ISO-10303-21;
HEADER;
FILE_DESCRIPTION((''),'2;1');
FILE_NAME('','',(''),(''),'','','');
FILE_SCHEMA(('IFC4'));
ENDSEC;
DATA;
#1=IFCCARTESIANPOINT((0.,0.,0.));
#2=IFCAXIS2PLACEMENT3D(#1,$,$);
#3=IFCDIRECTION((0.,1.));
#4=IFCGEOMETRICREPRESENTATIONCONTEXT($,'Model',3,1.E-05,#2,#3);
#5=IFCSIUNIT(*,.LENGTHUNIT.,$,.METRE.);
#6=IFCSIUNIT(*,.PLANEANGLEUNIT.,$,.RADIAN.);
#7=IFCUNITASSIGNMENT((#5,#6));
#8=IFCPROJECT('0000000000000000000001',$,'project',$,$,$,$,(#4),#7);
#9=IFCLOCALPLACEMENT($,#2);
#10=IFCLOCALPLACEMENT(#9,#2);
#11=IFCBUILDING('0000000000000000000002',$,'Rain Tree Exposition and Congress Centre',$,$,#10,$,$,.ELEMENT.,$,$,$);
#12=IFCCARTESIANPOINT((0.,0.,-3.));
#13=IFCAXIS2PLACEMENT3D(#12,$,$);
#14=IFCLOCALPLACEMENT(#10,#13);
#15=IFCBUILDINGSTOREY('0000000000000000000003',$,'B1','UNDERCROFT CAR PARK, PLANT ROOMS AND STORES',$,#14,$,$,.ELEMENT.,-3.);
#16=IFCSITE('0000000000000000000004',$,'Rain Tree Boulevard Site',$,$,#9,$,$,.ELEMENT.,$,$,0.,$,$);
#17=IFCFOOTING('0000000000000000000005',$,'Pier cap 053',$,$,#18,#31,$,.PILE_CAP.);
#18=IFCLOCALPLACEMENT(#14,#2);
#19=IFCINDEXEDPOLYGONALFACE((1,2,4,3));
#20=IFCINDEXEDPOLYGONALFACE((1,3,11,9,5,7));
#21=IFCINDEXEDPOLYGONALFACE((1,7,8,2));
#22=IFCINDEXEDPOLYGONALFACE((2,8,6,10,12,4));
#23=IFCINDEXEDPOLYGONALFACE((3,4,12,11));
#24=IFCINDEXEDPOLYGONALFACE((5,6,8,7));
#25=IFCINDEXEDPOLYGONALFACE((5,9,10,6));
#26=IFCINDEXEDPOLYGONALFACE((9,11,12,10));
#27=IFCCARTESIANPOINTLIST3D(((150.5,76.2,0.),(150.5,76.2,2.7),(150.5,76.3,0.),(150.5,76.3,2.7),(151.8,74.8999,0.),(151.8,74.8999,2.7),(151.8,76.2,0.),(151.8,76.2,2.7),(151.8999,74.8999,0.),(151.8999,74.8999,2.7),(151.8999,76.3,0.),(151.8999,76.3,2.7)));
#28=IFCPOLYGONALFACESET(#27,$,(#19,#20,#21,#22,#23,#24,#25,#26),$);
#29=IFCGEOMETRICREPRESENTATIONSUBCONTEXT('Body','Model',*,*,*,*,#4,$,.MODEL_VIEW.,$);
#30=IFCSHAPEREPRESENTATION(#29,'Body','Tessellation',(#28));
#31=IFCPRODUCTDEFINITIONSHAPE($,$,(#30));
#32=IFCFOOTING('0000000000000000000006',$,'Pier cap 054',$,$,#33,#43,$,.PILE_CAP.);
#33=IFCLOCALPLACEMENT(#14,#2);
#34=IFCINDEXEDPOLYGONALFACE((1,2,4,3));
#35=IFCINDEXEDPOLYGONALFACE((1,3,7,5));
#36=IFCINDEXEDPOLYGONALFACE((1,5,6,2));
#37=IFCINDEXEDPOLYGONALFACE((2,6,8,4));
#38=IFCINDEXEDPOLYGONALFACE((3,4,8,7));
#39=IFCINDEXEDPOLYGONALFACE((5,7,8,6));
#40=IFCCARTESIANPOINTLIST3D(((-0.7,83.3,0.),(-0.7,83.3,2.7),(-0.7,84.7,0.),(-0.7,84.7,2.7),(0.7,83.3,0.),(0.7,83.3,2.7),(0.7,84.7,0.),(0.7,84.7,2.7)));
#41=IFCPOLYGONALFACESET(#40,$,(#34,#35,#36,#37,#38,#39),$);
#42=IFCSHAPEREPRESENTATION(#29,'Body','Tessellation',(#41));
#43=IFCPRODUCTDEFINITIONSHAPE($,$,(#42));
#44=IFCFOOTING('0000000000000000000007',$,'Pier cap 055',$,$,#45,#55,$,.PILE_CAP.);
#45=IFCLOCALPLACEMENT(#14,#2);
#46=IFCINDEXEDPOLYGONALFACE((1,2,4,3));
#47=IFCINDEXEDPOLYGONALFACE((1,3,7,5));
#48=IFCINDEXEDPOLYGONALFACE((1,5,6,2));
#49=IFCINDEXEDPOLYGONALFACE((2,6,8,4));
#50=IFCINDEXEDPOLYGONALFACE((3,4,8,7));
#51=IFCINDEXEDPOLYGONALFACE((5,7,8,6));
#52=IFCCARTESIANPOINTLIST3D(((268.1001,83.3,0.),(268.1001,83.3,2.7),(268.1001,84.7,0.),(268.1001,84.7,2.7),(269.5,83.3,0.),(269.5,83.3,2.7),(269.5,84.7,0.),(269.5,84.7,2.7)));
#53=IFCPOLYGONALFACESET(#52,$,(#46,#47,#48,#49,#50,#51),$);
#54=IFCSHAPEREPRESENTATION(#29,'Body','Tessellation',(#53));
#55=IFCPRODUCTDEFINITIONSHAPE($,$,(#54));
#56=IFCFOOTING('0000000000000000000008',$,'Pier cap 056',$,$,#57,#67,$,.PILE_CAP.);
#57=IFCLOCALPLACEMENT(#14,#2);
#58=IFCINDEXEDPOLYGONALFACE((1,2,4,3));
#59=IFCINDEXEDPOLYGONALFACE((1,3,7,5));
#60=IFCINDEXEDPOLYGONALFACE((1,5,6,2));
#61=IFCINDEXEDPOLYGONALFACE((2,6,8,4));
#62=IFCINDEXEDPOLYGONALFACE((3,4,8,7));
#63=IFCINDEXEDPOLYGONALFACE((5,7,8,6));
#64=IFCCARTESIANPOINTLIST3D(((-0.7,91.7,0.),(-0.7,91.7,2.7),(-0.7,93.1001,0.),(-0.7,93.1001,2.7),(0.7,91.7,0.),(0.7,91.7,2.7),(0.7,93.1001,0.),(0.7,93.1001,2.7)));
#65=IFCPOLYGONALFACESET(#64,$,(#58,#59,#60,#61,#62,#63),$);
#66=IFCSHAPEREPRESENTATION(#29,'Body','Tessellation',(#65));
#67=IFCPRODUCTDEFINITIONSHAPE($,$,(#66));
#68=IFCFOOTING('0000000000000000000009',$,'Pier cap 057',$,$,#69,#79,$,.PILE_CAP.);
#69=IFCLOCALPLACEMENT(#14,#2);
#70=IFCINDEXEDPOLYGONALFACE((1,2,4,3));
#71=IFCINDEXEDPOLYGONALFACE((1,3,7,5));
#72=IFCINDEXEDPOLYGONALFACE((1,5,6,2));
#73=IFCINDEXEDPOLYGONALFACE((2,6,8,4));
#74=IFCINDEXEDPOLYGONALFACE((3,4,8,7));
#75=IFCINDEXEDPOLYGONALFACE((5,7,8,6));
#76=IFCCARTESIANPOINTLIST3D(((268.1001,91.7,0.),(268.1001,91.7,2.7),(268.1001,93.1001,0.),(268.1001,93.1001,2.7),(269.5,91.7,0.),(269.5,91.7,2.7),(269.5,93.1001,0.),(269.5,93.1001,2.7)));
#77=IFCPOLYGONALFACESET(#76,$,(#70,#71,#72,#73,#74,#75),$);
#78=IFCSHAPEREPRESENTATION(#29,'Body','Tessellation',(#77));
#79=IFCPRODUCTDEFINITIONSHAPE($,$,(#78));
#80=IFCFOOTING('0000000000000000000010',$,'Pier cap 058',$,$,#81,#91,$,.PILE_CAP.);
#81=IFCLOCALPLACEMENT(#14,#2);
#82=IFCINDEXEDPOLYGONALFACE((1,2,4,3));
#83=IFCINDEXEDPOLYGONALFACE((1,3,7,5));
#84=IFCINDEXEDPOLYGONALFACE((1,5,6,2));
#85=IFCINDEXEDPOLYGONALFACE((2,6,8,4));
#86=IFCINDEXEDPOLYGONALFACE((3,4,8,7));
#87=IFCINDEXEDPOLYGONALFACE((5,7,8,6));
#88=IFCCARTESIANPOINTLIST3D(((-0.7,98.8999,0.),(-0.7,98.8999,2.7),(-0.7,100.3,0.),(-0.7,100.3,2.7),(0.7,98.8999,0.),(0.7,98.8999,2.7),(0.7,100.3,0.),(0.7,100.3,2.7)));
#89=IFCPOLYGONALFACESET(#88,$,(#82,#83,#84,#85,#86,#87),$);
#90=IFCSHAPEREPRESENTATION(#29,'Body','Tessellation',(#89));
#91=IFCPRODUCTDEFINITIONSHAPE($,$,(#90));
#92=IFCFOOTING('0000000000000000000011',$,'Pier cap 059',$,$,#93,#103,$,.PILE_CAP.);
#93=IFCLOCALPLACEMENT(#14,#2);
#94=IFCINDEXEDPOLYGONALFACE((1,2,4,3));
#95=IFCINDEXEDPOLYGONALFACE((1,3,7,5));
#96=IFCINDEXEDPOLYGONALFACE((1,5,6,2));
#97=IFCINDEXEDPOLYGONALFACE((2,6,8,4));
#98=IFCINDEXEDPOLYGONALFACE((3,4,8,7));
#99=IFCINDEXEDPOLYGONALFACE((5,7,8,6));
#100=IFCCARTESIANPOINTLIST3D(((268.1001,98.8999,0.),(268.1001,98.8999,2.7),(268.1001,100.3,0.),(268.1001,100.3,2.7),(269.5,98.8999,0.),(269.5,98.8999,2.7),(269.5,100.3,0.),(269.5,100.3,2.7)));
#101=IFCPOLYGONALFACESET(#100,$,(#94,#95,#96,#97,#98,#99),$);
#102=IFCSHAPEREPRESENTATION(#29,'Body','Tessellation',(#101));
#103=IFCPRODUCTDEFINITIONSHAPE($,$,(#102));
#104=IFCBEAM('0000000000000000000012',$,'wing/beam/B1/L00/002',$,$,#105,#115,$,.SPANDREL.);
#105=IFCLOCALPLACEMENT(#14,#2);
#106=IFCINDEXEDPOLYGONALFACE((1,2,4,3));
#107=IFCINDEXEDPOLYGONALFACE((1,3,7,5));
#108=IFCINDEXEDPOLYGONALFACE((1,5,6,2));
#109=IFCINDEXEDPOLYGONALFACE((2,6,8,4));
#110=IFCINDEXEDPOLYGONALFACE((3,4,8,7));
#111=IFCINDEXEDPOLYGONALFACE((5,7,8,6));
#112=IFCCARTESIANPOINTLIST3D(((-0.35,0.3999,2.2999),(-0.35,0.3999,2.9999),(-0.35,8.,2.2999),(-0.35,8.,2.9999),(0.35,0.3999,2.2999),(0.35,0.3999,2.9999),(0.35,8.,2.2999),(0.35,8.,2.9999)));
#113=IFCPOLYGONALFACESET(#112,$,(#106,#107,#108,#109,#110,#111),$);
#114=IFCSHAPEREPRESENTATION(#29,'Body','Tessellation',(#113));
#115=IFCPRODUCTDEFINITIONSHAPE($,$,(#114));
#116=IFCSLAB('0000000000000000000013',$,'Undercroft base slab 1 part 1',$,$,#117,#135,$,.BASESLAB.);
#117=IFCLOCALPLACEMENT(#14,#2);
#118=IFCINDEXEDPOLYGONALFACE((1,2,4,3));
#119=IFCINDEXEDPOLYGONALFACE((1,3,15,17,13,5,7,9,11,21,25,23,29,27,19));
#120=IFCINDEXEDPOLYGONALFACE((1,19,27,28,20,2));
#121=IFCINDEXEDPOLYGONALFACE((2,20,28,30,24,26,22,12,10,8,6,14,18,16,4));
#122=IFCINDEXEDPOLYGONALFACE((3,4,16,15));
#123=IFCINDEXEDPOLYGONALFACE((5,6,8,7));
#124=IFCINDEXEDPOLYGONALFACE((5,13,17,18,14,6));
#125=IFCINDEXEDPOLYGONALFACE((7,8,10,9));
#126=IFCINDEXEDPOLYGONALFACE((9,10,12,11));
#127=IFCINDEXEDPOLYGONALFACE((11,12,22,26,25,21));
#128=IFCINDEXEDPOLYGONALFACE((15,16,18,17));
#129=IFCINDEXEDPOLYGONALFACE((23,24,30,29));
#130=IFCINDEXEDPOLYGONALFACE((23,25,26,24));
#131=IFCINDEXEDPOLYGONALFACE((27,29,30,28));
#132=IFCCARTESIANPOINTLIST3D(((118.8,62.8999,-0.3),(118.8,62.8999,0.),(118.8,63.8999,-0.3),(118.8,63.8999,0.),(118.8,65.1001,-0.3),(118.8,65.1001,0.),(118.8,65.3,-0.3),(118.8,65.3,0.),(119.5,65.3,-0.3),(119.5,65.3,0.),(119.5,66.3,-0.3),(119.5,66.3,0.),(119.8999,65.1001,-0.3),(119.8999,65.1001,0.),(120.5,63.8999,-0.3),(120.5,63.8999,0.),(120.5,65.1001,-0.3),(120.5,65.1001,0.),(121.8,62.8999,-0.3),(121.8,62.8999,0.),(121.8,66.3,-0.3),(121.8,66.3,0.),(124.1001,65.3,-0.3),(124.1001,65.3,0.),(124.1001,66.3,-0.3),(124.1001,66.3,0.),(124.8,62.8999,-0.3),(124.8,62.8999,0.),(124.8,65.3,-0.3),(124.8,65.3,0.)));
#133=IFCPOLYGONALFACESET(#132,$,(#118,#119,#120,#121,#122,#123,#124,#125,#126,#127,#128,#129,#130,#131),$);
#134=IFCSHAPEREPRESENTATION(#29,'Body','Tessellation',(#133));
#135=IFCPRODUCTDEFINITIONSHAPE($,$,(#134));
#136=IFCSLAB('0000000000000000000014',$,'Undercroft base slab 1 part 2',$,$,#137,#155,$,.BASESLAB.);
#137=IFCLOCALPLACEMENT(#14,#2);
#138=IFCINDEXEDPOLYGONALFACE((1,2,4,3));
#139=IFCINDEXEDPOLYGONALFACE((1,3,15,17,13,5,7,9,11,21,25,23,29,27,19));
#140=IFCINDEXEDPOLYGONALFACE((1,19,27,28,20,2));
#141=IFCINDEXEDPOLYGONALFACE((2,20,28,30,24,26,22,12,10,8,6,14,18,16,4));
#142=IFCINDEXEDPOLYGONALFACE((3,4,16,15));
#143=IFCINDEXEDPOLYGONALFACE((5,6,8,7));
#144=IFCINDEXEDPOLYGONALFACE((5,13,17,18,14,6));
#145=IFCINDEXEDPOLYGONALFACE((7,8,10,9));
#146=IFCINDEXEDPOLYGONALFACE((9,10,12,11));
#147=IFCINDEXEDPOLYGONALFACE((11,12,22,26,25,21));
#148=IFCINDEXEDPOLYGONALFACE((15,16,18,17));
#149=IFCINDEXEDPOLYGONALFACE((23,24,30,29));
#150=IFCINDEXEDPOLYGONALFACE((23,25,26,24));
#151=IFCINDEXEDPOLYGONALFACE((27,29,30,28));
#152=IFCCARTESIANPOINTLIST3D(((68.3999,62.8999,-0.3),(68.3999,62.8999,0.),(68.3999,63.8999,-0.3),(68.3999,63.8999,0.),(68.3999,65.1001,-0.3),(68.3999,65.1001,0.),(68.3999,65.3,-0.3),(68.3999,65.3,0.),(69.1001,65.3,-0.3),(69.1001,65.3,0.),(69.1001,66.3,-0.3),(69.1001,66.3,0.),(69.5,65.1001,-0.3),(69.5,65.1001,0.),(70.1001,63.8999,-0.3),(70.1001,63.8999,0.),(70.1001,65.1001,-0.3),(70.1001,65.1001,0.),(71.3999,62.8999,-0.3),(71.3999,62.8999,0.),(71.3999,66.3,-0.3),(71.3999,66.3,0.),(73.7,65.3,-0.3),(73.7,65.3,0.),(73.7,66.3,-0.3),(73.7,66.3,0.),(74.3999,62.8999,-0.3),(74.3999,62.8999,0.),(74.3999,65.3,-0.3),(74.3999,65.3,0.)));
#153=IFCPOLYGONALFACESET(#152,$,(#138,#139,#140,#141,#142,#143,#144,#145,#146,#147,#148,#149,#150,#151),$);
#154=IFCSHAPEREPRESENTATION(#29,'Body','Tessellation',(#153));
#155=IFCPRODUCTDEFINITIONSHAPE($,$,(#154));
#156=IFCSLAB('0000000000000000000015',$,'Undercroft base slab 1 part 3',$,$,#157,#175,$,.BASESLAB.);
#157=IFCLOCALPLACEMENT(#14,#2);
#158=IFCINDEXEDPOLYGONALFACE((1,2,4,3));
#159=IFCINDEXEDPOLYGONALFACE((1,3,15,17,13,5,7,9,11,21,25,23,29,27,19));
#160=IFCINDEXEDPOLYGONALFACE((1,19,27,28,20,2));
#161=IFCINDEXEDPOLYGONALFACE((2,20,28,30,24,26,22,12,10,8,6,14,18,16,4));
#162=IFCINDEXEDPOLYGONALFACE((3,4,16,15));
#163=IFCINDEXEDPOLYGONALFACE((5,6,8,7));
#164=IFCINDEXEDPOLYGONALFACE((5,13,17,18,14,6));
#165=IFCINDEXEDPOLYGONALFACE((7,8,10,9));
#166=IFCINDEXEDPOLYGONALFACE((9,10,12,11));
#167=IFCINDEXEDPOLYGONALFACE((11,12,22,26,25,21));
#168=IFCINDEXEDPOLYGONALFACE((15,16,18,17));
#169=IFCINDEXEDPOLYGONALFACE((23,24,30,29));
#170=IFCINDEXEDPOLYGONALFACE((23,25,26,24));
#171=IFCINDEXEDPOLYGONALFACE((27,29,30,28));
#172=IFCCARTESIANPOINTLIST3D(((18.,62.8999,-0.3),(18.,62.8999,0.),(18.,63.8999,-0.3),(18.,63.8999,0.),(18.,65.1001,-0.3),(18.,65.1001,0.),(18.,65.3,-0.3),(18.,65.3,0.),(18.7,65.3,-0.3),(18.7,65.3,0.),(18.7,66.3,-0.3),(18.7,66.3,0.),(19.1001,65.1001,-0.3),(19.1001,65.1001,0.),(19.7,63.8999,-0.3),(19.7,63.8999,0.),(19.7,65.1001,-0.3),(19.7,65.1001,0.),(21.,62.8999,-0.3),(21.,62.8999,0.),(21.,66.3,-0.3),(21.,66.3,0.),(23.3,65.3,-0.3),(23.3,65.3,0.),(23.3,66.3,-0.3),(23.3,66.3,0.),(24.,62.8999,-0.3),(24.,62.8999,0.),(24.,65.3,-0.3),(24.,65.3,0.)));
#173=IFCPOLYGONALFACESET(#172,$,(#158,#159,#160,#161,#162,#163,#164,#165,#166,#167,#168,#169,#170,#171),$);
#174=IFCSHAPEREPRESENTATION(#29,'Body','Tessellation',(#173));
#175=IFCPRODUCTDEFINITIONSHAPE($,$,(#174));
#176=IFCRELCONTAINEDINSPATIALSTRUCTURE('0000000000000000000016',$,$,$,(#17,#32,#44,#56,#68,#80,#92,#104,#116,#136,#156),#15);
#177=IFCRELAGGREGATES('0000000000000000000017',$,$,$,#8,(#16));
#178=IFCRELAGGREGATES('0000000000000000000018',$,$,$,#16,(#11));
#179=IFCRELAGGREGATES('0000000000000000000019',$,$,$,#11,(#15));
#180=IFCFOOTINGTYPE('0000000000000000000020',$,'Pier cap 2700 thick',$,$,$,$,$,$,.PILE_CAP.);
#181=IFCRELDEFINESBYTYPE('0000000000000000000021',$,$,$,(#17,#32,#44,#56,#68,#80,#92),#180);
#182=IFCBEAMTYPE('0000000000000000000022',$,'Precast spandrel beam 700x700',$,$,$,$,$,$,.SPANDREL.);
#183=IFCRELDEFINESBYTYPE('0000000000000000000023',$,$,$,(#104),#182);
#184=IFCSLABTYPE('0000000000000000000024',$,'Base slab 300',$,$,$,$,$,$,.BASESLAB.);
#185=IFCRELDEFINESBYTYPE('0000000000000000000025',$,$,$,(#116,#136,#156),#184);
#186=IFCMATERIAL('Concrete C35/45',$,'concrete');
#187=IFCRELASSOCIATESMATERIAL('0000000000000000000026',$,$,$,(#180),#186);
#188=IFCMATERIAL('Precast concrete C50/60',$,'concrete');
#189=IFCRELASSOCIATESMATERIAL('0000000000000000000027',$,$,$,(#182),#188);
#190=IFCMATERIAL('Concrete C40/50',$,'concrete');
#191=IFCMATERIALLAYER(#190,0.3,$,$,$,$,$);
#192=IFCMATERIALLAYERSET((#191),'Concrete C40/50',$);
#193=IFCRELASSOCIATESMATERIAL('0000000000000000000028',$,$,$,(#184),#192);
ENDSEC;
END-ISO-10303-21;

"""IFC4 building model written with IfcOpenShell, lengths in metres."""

from ifc_helpers import new_model, si_unit, direction, frame, origin, origin_2d, place, context, subcontext, project, spatial, polyline, rectangle, outline, extrude, material, layer, layer_set, material_profile, profile_set, type_object, element, save


model = new_model("IFC4")

# Units and contexts
model_context = context("Model", 3, precision=1e-05, world=origin(), true_north=direction((0.0, 1.0)))
body_context = subcontext(model_context, "Body", "Model", "MODEL_VIEW")
ifc_project = project(units=[si_unit("LENGTHUNIT", "METRE"), si_unit("PLANEANGLEUNIT", "RADIAN")], contexts=[model_context])

# Site, building, storey
site_placement = place(None, origin())
site = spatial("IfcSite", under=ifc_project, at=site_placement, Name="Rain Tree Boulevard Site", CompositionType="ELEMENT", RefElevation=0.0)
building_placement = place(site_placement, origin())
building = spatial("IfcBuilding", under=site, at=building_placement, Name="Rain Tree Exposition and Congress Centre", CompositionType="ELEMENT")
storey_placement = place(building_placement, frame((0.0, 0.0, -3.0)))
storey = spatial("IfcBuildingStorey", under=building, at=storey_placement, Name="B1", Description="UNDERCROFT CAR PARK, PLANT ROOMS AND STORES", CompositionType="ELEMENT", Elevation=-3.0)

# Footings
ifc_material_1 = material(Name="Concrete C35/45", Category="concrete")
footing_type = type_object("IfcFootingType", Name="Pier cap 2700 thick", PredefinedType="PILE_CAP", material=ifc_material_1)
footing_1_placement = place(storey_placement, origin())
element("IfcFooting", 1, at=footing_1_placement, inside=storey, type_object=footing_type, Name="Pier cap 053", PredefinedType="PILE_CAP", context=body_context, shape_type="SweptSolid", body=[
    extrude(outline(polyline([(151.8, 76.2), (151.8, 74.8999), (151.8999, 74.8999), (151.8999, 76.3), (150.5, 76.3), (150.5, 76.2), (151.8, 76.2)])), origin(), (0.0, 0.0, 1.0), 2.7),
])
footing_2_placement = place(storey_placement, origin())
element("IfcFooting", 2, at=footing_2_placement, inside=storey, type_object=footing_type, Name="Pier cap 054", PredefinedType="PILE_CAP", context=body_context, shape_type="SweptSolid", body=[
    extrude(outline(polyline([(-0.7, 84.7), (-0.7, 83.3), (0.7, 83.3), (0.7, 84.7), (-0.7, 84.7)])), origin(), (0.0, 0.0, 1.0), 2.7),
])
footing_3_placement = place(storey_placement, origin())
element("IfcFooting", 3, at=footing_3_placement, inside=storey, type_object=footing_type, Name="Pier cap 055", PredefinedType="PILE_CAP", context=body_context, shape_type="SweptSolid", body=[
    extrude(outline(polyline([(268.1001, 84.7), (268.1001, 83.3), (269.5, 83.3), (269.5, 84.7), (268.1001, 84.7)])), origin(), (0.0, 0.0, 1.0), 2.7),
])
footing_4_placement = place(storey_placement, origin())
element("IfcFooting", 4, at=footing_4_placement, inside=storey, type_object=footing_type, Name="Pier cap 056", PredefinedType="PILE_CAP", context=body_context, shape_type="SweptSolid", body=[
    extrude(outline(polyline([(-0.7, 93.1001), (-0.7, 91.7), (0.7, 91.7), (0.7, 93.1001), (-0.7, 93.1001)])), origin(), (0.0, 0.0, 1.0), 2.7),
])
footing_5_placement = place(storey_placement, origin())
element("IfcFooting", 5, at=footing_5_placement, inside=storey, type_object=footing_type, Name="Pier cap 057", PredefinedType="PILE_CAP", context=body_context, shape_type="SweptSolid", body=[
    extrude(outline(polyline([(268.1001, 93.1001), (268.1001, 91.7), (269.5, 91.7), (269.5, 93.1001), (268.1001, 93.1001)])), origin(), (0.0, 0.0, 1.0), 2.7),
])
footing_6_placement = place(storey_placement, origin())
element("IfcFooting", 6, at=footing_6_placement, inside=storey, type_object=footing_type, Name="Pier cap 058", PredefinedType="PILE_CAP", context=body_context, shape_type="SweptSolid", body=[
    extrude(outline(polyline([(-0.7, 100.3), (-0.7, 98.8999), (0.7, 98.8999), (0.7, 100.3), (-0.7, 100.3)])), origin(), (0.0, 0.0, 1.0), 2.7),
])
footing_7_placement = place(storey_placement, origin())
element("IfcFooting", 7, at=footing_7_placement, inside=storey, type_object=footing_type, Name="Pier cap 059", PredefinedType="PILE_CAP", context=body_context, shape_type="SweptSolid", body=[
    extrude(outline(polyline([(268.1001, 100.3), (268.1001, 98.8999), (269.5, 98.8999), (269.5, 100.3), (268.1001, 100.3)])), origin(), (0.0, 0.0, 1.0), 2.7),
])

# Beam
ifc_material_2 = material(Name="Precast concrete C50/60", Category="concrete")
ifc_material_profile = material_profile(ifc_material_2, rectangle(XDim=0.7, YDim=0.7, at=origin_2d()), Name="RC 700x700")
ifc_profile_set = profile_set([ifc_material_profile], Name="Precast concrete C50/60")
beam_type = type_object("IfcBeamType", Name="Precast spandrel beam 700x700", PredefinedType="SPANDREL", material=ifc_profile_set)
beam_placement = place(storey_placement, frame((0.0, 0.3999, 2.6499), z_axis=(0.0, 1.0, 0.0), x_axis=(-1.0, 0.0, 0.0)))
element("IfcBeam", 8, at=beam_placement, inside=storey, type_object=beam_type, Name="wing/beam/B1/L00/002", PredefinedType="SPANDREL", context=body_context, shape_type="SweptSolid", body=[
    extrude(rectangle(XDim=0.7, YDim=0.7, at=origin_2d()), origin(), (0.0, 0.0, 1.0), 7.6001),
])

# Slabs
ifc_material_3 = material(Name="Concrete C40/50", Category="concrete")
ifc_layer_1 = layer(ifc_material_3, 0.3)
ifc_layer_set_1 = layer_set([ifc_layer_1], Name="Concrete C40/50")
slab_type_1 = type_object("IfcSlabType", Name="Base slab 300", PredefinedType="BASESLAB", material=ifc_layer_set_1)
slab_1_placement = place(storey_placement, frame((0.0, 0.0, -0.3)))
element("IfcSlab", 9, at=slab_1_placement, inside=storey, type_object=slab_type_1, Name="Undercroft base slab 1 part 1", PredefinedType="BASESLAB", context=body_context, shape_type="SweptSolid", body=[
    extrude(outline(polyline([(119.5, 66.3), (119.5, 65.3), (118.8, 65.3), (118.8, 65.1001), (119.8999, 65.1001), (120.5, 65.1001), (120.5, 63.8999), (118.8, 63.8999), (118.8, 62.8999), (121.8, 62.8999), (124.8, 62.8999), (124.8, 65.3), (124.1001, 65.3), (124.1001, 66.3), (121.8, 66.3), (119.5, 66.3)])), origin(), (0.0, 0.0, 1.0), 0.3),
])
slab_2_placement = place(storey_placement, frame((0.0, 0.0, -0.3)))
element("IfcSlab", 10, at=slab_2_placement, inside=storey, type_object=slab_type_1, Name="Undercroft base slab 1 part 2", PredefinedType="BASESLAB", context=body_context, shape_type="SweptSolid", body=[
    extrude(outline(polyline([(69.1001, 65.3), (68.3999, 65.3), (68.3999, 65.1001), (69.5, 65.1001), (70.1001, 65.1001), (70.1001, 63.8999), (68.3999, 63.8999), (68.3999, 62.8999), (71.3999, 62.8999), (74.3999, 62.8999), (74.3999, 65.3), (73.7, 65.3), (73.7, 66.3), (71.3999, 66.3), (69.1001, 66.3), (69.1001, 65.3)])), origin(), (0.0, 0.0, 1.0), 0.3),
])
slab_3_placement = place(storey_placement, frame((0.0, 0.0, -0.3)))
element("IfcSlab", 11, at=slab_3_placement, inside=storey, type_object=slab_type_1, Name="Undercroft base slab 1 part 3", PredefinedType="BASESLAB", context=body_context, shape_type="SweptSolid", body=[
    extrude(outline(polyline([(18.0, 65.1001), (19.1001, 65.1001), (19.7, 65.1001), (19.7, 63.8999), (18.0, 63.8999), (18.0, 62.8999), (21.0, 62.8999), (24.0, 62.8999), (24.0, 65.3), (23.3, 65.3), (23.3, 66.3), (21.0, 66.3), (18.7, 66.3), (18.7, 65.3), (18.0, 65.3), (18.0, 65.1001)])), origin(), (0.0, 0.0, 1.0), 0.3),
])

save(model, "model.ifc")
